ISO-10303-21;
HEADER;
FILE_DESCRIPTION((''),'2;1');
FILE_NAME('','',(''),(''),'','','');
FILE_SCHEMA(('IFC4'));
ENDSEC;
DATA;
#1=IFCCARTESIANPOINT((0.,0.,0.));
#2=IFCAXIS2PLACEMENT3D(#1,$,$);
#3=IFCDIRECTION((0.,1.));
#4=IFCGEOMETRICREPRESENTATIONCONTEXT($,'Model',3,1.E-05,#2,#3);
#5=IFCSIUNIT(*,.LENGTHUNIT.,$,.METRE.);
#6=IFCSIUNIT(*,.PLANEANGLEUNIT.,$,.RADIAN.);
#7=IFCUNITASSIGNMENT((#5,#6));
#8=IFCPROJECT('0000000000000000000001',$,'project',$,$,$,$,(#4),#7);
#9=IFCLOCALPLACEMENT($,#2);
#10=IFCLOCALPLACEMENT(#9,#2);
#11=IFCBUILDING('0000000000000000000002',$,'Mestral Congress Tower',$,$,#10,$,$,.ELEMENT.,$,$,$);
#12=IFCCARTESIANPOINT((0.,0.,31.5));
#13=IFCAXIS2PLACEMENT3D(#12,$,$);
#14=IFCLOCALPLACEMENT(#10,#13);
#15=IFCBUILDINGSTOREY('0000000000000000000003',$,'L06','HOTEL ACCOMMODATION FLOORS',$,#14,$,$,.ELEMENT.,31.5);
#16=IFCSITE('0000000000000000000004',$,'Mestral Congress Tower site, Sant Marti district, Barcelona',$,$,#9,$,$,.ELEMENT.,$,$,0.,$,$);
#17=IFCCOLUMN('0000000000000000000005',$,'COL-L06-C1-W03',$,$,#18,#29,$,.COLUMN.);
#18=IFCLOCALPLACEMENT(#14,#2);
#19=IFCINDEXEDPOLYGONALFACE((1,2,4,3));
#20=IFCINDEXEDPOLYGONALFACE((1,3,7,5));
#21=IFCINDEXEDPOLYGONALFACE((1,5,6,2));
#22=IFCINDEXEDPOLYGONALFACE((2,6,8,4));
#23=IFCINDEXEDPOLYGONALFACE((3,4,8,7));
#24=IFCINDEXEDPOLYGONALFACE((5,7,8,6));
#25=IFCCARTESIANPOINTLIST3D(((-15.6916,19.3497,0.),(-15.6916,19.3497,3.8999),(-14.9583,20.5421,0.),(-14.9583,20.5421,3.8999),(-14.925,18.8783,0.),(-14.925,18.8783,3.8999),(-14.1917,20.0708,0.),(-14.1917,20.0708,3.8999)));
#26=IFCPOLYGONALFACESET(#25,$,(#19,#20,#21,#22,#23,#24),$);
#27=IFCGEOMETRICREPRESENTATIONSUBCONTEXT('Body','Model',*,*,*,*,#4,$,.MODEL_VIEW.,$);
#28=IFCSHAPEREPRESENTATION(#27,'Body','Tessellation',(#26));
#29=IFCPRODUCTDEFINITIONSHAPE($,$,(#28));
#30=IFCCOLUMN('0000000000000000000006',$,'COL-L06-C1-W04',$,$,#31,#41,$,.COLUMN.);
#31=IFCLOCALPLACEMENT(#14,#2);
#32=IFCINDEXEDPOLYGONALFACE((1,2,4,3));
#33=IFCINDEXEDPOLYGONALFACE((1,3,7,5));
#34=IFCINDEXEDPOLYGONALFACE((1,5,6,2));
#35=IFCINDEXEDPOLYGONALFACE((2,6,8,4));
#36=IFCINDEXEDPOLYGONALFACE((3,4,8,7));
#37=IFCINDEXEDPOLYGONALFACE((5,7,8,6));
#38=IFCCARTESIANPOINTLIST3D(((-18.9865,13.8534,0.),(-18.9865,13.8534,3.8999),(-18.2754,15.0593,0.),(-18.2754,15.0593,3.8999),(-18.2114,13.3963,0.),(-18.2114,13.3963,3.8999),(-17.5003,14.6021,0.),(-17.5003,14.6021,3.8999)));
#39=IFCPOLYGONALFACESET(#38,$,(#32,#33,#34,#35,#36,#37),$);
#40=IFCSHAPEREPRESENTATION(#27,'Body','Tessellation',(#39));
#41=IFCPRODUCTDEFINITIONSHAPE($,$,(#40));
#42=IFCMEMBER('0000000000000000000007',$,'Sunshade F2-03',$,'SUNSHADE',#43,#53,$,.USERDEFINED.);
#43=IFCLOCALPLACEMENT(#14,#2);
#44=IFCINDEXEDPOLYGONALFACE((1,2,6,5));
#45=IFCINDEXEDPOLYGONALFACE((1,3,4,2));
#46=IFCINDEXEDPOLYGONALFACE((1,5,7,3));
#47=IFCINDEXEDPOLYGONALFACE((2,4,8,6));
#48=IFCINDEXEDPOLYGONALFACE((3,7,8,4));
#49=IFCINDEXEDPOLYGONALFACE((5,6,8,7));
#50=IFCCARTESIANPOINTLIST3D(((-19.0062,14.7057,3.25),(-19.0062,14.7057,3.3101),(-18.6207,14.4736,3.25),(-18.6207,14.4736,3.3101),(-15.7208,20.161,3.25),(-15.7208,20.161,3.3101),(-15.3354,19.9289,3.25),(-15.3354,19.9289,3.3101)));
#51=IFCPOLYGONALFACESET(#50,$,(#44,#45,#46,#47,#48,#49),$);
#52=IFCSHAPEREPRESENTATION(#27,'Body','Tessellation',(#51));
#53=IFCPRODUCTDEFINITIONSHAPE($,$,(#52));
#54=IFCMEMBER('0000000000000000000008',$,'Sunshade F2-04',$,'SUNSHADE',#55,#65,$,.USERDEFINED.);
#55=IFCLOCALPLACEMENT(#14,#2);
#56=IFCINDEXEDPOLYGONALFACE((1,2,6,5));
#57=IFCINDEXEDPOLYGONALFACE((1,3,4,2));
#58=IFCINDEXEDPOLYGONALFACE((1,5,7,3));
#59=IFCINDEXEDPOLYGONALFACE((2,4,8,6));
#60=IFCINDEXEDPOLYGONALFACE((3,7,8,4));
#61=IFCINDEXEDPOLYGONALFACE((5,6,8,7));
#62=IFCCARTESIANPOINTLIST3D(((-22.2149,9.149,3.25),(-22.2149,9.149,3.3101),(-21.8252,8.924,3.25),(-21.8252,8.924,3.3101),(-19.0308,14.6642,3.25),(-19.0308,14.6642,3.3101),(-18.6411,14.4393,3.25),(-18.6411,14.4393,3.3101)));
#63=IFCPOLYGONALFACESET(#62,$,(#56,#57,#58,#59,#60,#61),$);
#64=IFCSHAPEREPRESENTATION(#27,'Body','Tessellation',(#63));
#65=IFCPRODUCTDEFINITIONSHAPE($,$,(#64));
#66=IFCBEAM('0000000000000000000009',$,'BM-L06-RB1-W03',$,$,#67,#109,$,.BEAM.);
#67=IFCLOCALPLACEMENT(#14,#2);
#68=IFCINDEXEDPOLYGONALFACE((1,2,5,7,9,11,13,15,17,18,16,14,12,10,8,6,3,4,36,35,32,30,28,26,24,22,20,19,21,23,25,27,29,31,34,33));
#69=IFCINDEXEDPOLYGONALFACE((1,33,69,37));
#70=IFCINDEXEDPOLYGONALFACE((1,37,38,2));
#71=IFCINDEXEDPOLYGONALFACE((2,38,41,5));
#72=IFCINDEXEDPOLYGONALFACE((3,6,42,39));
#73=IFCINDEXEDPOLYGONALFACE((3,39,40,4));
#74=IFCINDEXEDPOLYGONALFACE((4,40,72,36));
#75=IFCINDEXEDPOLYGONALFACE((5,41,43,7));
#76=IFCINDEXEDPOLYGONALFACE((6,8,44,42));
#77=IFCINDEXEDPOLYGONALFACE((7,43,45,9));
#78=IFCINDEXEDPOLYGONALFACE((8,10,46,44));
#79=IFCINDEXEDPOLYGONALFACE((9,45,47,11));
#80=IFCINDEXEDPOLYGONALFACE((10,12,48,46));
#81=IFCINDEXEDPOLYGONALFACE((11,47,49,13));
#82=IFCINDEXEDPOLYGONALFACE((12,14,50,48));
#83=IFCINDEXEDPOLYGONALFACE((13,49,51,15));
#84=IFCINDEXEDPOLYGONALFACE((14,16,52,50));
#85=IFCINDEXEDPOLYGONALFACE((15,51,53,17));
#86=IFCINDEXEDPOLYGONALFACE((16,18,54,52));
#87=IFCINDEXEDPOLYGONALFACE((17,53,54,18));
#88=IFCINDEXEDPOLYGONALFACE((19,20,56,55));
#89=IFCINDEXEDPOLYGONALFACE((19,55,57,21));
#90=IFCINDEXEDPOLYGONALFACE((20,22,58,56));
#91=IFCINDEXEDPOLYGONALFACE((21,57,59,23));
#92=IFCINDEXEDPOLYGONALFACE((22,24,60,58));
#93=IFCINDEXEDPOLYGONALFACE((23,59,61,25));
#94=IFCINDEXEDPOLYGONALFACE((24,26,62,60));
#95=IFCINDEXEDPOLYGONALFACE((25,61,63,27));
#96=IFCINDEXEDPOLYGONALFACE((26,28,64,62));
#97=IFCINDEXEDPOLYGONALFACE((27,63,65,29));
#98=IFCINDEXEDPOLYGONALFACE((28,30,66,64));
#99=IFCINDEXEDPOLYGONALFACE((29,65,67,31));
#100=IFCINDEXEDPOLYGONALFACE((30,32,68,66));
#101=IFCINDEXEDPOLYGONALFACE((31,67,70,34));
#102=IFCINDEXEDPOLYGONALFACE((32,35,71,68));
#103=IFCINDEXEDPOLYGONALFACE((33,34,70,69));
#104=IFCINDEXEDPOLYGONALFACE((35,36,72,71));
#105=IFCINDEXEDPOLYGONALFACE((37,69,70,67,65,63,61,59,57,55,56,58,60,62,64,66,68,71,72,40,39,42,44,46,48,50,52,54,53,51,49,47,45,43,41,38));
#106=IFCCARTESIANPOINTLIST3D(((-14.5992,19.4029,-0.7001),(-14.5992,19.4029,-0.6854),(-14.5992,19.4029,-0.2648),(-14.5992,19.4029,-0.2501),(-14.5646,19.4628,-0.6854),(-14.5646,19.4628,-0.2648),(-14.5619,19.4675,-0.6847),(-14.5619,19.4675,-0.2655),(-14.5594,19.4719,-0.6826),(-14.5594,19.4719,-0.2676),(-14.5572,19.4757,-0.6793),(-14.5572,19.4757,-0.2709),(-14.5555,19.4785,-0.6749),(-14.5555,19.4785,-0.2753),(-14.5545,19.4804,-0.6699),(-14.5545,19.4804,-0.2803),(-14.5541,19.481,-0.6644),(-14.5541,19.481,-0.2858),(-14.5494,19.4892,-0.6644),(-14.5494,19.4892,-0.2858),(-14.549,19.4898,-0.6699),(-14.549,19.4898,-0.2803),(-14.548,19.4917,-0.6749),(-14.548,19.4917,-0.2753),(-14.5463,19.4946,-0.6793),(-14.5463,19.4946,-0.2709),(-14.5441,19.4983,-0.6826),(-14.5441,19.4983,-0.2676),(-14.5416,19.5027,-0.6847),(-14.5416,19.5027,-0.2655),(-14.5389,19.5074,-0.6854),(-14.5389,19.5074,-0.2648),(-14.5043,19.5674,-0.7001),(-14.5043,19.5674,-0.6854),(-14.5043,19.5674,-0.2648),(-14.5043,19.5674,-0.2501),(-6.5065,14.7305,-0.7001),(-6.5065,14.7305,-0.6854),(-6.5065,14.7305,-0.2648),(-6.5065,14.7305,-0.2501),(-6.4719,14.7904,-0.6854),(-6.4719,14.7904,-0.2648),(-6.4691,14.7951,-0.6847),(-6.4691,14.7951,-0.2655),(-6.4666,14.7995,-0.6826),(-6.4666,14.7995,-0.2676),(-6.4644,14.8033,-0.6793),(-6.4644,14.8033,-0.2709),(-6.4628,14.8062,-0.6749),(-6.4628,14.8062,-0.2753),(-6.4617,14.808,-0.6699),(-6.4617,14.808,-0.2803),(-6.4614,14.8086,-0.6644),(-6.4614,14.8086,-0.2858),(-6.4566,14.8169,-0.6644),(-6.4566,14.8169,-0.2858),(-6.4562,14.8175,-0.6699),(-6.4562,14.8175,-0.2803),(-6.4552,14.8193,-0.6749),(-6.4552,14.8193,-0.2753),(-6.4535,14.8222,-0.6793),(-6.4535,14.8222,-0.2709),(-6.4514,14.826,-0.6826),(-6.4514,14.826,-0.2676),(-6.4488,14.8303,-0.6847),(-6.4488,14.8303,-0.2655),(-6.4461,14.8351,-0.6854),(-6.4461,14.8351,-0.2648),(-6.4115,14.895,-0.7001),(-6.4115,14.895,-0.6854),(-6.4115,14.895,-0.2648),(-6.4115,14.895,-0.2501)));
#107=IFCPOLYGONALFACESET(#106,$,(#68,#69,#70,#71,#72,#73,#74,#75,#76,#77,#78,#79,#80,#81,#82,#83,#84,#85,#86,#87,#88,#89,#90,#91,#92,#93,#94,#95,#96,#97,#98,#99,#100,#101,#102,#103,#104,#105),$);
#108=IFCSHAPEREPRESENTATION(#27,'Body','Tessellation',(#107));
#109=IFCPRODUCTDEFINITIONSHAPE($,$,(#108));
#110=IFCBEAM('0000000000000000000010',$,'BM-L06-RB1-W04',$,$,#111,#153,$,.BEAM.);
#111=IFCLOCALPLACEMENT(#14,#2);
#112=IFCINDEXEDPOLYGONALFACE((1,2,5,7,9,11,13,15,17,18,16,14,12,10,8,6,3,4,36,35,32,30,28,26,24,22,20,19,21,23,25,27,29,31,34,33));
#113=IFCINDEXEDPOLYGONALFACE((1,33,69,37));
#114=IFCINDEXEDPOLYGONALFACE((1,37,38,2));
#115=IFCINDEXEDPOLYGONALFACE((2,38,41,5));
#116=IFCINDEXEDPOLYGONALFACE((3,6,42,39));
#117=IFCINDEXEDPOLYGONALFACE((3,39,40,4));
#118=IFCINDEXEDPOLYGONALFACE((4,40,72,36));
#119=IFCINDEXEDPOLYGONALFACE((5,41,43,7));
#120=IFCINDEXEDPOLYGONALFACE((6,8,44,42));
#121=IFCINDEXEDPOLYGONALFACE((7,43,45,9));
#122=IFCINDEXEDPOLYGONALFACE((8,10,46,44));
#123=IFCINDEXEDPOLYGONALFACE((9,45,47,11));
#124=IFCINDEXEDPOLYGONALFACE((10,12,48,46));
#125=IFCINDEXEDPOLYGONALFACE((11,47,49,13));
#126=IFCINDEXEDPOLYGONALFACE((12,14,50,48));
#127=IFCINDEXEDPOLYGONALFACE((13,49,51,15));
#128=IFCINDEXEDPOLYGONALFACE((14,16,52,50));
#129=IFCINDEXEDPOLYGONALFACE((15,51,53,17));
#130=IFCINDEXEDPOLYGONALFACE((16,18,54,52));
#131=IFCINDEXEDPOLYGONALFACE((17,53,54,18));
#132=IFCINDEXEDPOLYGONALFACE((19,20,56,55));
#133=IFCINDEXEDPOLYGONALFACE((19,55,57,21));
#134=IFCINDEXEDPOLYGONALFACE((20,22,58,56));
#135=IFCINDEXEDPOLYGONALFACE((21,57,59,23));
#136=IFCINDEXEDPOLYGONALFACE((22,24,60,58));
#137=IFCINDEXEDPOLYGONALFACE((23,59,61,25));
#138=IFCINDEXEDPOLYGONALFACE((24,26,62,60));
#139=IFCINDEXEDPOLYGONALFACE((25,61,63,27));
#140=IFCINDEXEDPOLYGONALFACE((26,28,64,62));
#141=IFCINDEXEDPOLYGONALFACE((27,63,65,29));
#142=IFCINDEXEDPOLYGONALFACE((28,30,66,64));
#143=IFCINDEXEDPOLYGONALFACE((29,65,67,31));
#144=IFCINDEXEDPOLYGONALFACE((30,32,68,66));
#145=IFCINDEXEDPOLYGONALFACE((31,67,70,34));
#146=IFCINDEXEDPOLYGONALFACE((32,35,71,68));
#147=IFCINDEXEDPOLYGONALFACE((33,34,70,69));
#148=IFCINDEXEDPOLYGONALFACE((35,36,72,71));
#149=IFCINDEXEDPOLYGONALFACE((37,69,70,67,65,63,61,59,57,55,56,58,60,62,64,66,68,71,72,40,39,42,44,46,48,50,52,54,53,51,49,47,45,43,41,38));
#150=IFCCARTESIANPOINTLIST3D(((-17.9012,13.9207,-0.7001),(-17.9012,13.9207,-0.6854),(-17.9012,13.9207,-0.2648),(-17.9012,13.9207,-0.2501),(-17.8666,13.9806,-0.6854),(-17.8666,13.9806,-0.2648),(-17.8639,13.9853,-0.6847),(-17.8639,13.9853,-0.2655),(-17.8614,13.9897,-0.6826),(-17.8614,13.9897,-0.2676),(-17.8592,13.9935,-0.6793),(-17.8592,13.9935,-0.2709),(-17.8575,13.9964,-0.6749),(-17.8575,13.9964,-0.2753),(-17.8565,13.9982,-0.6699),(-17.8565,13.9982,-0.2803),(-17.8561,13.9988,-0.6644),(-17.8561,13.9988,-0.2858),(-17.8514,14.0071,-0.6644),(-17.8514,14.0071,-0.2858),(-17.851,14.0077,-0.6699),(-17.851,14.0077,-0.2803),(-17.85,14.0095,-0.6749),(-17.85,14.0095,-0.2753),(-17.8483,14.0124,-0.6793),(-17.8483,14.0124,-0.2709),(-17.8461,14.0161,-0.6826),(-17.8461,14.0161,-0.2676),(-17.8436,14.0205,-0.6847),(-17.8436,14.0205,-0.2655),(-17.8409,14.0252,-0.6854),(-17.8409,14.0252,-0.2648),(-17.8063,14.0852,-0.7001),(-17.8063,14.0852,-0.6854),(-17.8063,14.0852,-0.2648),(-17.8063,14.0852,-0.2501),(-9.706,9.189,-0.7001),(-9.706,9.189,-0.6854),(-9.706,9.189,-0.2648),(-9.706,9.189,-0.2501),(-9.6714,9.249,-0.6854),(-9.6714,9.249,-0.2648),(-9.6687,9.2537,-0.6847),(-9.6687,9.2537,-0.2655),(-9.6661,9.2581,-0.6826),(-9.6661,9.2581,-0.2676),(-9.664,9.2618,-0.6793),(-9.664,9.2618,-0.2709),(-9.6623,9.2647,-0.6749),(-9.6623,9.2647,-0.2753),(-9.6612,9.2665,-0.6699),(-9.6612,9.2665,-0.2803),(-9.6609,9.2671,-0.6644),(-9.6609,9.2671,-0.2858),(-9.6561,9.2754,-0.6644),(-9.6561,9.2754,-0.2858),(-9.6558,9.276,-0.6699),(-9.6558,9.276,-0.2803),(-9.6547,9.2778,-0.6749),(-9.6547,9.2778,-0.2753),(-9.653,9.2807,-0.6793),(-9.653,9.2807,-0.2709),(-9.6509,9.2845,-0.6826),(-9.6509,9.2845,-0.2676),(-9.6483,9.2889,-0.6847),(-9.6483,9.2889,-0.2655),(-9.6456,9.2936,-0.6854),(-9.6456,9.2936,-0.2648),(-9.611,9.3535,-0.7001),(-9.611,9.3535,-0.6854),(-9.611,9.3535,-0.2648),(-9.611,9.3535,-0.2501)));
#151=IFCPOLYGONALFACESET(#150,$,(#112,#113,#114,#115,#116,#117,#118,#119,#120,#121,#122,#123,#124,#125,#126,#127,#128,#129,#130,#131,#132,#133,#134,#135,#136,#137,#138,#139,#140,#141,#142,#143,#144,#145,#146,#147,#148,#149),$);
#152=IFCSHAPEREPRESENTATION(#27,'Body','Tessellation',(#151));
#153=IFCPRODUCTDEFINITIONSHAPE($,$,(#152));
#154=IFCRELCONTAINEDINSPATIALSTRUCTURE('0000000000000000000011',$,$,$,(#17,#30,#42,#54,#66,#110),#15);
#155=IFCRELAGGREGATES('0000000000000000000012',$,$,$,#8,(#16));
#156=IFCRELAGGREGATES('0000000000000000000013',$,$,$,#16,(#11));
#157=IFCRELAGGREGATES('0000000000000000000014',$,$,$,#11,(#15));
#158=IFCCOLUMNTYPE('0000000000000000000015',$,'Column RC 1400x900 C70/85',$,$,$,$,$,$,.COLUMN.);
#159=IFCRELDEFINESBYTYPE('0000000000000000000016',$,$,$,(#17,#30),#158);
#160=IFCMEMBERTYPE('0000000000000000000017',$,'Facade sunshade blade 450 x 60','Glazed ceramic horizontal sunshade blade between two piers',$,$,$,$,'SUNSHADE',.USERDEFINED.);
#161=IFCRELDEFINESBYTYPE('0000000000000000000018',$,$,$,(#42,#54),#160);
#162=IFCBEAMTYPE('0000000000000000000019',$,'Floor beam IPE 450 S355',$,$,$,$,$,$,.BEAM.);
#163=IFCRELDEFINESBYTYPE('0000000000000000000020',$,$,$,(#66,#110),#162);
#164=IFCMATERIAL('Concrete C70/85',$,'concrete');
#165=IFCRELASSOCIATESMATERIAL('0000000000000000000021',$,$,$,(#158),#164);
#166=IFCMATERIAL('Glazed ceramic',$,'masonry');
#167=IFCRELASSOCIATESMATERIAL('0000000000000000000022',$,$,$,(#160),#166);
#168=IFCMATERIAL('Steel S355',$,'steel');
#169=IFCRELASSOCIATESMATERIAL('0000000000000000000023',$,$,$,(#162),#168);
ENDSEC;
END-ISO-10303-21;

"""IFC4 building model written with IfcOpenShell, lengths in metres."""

from ifc_helpers import new_model, si_unit, direction, frame, origin, origin_2d, place, context, subcontext, project, spatial, rectangle, i_section, extrude, material, material_profile, profile_set, type_object, element, save


model = new_model("IFC4")

# Units and contexts
model_context = context("Model", 3, precision=1e-05, world=origin(), true_north=direction((0.0, 1.0)))
body_context = subcontext(model_context, "Body", "Model", "MODEL_VIEW")
ifc_project = project(units=[si_unit("LENGTHUNIT", "METRE"), si_unit("PLANEANGLEUNIT", "RADIAN")], contexts=[model_context])

# Site, building, storey
site_placement = place(None, origin())
site = spatial("IfcSite", under=ifc_project, at=site_placement, Name="Mestral Congress Tower site, Sant Marti district, Barcelona", CompositionType="ELEMENT", RefElevation=0.0)
building_placement = place(site_placement, origin())
building = spatial("IfcBuilding", under=site, at=building_placement, Name="Mestral Congress Tower", CompositionType="ELEMENT")
storey_placement = place(building_placement, frame((0.0, 0.0, 31.5)))
storey = spatial("IfcBuildingStorey", under=building, at=storey_placement, Name="L06", Description="HOTEL ACCOMMODATION FLOORS", CompositionType="ELEMENT", Elevation=31.5)

# Columns
ifc_material_1 = material(Name="Concrete C70/85", Category="concrete")
ifc_material_profile_1 = material_profile(ifc_material_1, rectangle(XDim=1.3999, YDim=0.8999, at=origin_2d()), Name="RC 1400x900")
ifc_profile_set_1 = profile_set([ifc_material_profile_1], Name="Concrete C70/85")
column_type = type_object("IfcColumnType", Name="Column RC 1400x900 C70/85", PredefinedType="COLUMN", material=ifc_profile_set_1)
for number, where, z_axis, x_axis, name in (
    (1, (-14.9417, 19.7102, 0.0), (0.0, 0.0, 1.0), (-0.523819, -0.851829, 0.0), "COL-L06-C1-W03"),
    (2, (-18.2434, 14.2278, 0.0), (0.0, 0.0, 1.0), (-0.507983, -0.861367, 0.0), "COL-L06-C1-W04"),
):
    element("IfcColumn", number, at=place(storey_placement, frame(where, z_axis=z_axis, x_axis=x_axis)), inside=storey, type_object=column_type, Name=name, PredefinedType="COLUMN", context=body_context, shape_type="SweptSolid", body=[
        extrude(rectangle(XDim=1.3999, YDim=0.8999, at=origin_2d()), origin(), (0.0, 0.0, 1.0), 3.8999),
    ])

# Members
ifc_material_2 = material(Name="Glazed ceramic", Category="masonry")
ifc_material_profile_2 = material_profile(ifc_material_2, rectangle(XDim=0.45, YDim=0.0601, at=origin_2d()), Name="Ceramic blade 450 x 60")
ifc_profile_set_2 = profile_set([ifc_material_profile_2], Name="Glazed ceramic")
member_type = type_object("IfcMemberType", Name="Facade sunshade blade 450 x 60", Description="Glazed ceramic horizontal sunshade blade between two piers", ElementType="SUNSHADE", PredefinedType="USERDEFINED", material=ifc_profile_set_2)
member_1_placement = place(storey_placement, frame((-15.5281, 20.0449, 3.28), z_axis=(-0.515905, -0.856646, 0.0), x_axis=(0.856646, -0.515905, 0.0)))
element("IfcMember", 3, at=member_1_placement, inside=storey, type_object=member_type, Name="Sunshade F2-03", ObjectType="SUNSHADE", PredefinedType="USERDEFINED", context=body_context, shape_type="SweptSolid", body=[
    extrude(rectangle(XDim=0.45, YDim=0.0601, at=origin_2d()), origin(), (0.0, 0.0, 1.0), 6.3682),
])
member_2_placement = place(storey_placement, frame((-18.8359, 14.5518, 3.28), z_axis=(-0.49999, -0.866031, 0.0), x_axis=(0.866031, -0.49999, 0.0)))
element("IfcMember", 4, at=member_2_placement, inside=storey, type_object=member_type, Name="Sunshade F2-04", ObjectType="SUNSHADE", PredefinedType="USERDEFINED", context=body_context, shape_type="SweptSolid", body=[
    extrude(rectangle(XDim=0.45, YDim=0.0601, at=origin_2d()), origin(), (0.0, 0.0, 1.0), 6.3684),
])

# Beams
ifc_material_3 = material(Name="Steel S355", Category="steel")
ifc_material_profile_3 = material_profile(ifc_material_3, i_section(OverallWidth=0.1899, OverallDepth=0.45, WebThickness=0.0095, FlangeThickness=0.0146, FilletRadius=0.021, at=origin_2d()), Name="IPE 450")
ifc_profile_set_3 = profile_set([ifc_material_profile_3], Name="Steel S355")
beam_type_1 = type_object("IfcBeamType", Name="Floor beam IPE 450 S355", PredefinedType="BEAM", material=ifc_profile_set_3)
beam_1_placement = place(storey_placement, frame((-14.5518, 19.4851, -0.4751), z_axis=(0.866025, -0.5, 0.0), x_axis=(0.5, 0.866025, 0.0)))
element("IfcBeam", 5, at=beam_1_placement, inside=storey, type_object=beam_type_1, Name="BM-L06-RB1-W03", PredefinedType="BEAM", context=body_context, shape_type="SweptSolid", body=[
    extrude(i_section(OverallWidth=0.1899, OverallDepth=0.45, WebThickness=0.0095, FlangeThickness=0.0146, FilletRadius=0.021, at=origin_2d()), origin(), (0.0, 0.0, 1.0), 9.3447),
])
beam_2_placement = place(storey_placement, frame((-17.8538, 14.0029, -0.4751), z_axis=(0.86602, -0.50001, 0.0), x_axis=(0.50001, 0.86602, 0.0)))
element("IfcBeam", 6, at=beam_2_placement, inside=storey, type_object=beam_type_1, Name="BM-L06-RB1-W04", PredefinedType="BEAM", context=body_context, shape_type="SweptSolid", body=[
    extrude(i_section(OverallWidth=0.1899, OverallDepth=0.45, WebThickness=0.0095, FlangeThickness=0.0146, FilletRadius=0.021, at=origin_2d()), origin(), (0.0, 0.0, 1.0), 9.4631),
])

save(model, "model.ifc")
